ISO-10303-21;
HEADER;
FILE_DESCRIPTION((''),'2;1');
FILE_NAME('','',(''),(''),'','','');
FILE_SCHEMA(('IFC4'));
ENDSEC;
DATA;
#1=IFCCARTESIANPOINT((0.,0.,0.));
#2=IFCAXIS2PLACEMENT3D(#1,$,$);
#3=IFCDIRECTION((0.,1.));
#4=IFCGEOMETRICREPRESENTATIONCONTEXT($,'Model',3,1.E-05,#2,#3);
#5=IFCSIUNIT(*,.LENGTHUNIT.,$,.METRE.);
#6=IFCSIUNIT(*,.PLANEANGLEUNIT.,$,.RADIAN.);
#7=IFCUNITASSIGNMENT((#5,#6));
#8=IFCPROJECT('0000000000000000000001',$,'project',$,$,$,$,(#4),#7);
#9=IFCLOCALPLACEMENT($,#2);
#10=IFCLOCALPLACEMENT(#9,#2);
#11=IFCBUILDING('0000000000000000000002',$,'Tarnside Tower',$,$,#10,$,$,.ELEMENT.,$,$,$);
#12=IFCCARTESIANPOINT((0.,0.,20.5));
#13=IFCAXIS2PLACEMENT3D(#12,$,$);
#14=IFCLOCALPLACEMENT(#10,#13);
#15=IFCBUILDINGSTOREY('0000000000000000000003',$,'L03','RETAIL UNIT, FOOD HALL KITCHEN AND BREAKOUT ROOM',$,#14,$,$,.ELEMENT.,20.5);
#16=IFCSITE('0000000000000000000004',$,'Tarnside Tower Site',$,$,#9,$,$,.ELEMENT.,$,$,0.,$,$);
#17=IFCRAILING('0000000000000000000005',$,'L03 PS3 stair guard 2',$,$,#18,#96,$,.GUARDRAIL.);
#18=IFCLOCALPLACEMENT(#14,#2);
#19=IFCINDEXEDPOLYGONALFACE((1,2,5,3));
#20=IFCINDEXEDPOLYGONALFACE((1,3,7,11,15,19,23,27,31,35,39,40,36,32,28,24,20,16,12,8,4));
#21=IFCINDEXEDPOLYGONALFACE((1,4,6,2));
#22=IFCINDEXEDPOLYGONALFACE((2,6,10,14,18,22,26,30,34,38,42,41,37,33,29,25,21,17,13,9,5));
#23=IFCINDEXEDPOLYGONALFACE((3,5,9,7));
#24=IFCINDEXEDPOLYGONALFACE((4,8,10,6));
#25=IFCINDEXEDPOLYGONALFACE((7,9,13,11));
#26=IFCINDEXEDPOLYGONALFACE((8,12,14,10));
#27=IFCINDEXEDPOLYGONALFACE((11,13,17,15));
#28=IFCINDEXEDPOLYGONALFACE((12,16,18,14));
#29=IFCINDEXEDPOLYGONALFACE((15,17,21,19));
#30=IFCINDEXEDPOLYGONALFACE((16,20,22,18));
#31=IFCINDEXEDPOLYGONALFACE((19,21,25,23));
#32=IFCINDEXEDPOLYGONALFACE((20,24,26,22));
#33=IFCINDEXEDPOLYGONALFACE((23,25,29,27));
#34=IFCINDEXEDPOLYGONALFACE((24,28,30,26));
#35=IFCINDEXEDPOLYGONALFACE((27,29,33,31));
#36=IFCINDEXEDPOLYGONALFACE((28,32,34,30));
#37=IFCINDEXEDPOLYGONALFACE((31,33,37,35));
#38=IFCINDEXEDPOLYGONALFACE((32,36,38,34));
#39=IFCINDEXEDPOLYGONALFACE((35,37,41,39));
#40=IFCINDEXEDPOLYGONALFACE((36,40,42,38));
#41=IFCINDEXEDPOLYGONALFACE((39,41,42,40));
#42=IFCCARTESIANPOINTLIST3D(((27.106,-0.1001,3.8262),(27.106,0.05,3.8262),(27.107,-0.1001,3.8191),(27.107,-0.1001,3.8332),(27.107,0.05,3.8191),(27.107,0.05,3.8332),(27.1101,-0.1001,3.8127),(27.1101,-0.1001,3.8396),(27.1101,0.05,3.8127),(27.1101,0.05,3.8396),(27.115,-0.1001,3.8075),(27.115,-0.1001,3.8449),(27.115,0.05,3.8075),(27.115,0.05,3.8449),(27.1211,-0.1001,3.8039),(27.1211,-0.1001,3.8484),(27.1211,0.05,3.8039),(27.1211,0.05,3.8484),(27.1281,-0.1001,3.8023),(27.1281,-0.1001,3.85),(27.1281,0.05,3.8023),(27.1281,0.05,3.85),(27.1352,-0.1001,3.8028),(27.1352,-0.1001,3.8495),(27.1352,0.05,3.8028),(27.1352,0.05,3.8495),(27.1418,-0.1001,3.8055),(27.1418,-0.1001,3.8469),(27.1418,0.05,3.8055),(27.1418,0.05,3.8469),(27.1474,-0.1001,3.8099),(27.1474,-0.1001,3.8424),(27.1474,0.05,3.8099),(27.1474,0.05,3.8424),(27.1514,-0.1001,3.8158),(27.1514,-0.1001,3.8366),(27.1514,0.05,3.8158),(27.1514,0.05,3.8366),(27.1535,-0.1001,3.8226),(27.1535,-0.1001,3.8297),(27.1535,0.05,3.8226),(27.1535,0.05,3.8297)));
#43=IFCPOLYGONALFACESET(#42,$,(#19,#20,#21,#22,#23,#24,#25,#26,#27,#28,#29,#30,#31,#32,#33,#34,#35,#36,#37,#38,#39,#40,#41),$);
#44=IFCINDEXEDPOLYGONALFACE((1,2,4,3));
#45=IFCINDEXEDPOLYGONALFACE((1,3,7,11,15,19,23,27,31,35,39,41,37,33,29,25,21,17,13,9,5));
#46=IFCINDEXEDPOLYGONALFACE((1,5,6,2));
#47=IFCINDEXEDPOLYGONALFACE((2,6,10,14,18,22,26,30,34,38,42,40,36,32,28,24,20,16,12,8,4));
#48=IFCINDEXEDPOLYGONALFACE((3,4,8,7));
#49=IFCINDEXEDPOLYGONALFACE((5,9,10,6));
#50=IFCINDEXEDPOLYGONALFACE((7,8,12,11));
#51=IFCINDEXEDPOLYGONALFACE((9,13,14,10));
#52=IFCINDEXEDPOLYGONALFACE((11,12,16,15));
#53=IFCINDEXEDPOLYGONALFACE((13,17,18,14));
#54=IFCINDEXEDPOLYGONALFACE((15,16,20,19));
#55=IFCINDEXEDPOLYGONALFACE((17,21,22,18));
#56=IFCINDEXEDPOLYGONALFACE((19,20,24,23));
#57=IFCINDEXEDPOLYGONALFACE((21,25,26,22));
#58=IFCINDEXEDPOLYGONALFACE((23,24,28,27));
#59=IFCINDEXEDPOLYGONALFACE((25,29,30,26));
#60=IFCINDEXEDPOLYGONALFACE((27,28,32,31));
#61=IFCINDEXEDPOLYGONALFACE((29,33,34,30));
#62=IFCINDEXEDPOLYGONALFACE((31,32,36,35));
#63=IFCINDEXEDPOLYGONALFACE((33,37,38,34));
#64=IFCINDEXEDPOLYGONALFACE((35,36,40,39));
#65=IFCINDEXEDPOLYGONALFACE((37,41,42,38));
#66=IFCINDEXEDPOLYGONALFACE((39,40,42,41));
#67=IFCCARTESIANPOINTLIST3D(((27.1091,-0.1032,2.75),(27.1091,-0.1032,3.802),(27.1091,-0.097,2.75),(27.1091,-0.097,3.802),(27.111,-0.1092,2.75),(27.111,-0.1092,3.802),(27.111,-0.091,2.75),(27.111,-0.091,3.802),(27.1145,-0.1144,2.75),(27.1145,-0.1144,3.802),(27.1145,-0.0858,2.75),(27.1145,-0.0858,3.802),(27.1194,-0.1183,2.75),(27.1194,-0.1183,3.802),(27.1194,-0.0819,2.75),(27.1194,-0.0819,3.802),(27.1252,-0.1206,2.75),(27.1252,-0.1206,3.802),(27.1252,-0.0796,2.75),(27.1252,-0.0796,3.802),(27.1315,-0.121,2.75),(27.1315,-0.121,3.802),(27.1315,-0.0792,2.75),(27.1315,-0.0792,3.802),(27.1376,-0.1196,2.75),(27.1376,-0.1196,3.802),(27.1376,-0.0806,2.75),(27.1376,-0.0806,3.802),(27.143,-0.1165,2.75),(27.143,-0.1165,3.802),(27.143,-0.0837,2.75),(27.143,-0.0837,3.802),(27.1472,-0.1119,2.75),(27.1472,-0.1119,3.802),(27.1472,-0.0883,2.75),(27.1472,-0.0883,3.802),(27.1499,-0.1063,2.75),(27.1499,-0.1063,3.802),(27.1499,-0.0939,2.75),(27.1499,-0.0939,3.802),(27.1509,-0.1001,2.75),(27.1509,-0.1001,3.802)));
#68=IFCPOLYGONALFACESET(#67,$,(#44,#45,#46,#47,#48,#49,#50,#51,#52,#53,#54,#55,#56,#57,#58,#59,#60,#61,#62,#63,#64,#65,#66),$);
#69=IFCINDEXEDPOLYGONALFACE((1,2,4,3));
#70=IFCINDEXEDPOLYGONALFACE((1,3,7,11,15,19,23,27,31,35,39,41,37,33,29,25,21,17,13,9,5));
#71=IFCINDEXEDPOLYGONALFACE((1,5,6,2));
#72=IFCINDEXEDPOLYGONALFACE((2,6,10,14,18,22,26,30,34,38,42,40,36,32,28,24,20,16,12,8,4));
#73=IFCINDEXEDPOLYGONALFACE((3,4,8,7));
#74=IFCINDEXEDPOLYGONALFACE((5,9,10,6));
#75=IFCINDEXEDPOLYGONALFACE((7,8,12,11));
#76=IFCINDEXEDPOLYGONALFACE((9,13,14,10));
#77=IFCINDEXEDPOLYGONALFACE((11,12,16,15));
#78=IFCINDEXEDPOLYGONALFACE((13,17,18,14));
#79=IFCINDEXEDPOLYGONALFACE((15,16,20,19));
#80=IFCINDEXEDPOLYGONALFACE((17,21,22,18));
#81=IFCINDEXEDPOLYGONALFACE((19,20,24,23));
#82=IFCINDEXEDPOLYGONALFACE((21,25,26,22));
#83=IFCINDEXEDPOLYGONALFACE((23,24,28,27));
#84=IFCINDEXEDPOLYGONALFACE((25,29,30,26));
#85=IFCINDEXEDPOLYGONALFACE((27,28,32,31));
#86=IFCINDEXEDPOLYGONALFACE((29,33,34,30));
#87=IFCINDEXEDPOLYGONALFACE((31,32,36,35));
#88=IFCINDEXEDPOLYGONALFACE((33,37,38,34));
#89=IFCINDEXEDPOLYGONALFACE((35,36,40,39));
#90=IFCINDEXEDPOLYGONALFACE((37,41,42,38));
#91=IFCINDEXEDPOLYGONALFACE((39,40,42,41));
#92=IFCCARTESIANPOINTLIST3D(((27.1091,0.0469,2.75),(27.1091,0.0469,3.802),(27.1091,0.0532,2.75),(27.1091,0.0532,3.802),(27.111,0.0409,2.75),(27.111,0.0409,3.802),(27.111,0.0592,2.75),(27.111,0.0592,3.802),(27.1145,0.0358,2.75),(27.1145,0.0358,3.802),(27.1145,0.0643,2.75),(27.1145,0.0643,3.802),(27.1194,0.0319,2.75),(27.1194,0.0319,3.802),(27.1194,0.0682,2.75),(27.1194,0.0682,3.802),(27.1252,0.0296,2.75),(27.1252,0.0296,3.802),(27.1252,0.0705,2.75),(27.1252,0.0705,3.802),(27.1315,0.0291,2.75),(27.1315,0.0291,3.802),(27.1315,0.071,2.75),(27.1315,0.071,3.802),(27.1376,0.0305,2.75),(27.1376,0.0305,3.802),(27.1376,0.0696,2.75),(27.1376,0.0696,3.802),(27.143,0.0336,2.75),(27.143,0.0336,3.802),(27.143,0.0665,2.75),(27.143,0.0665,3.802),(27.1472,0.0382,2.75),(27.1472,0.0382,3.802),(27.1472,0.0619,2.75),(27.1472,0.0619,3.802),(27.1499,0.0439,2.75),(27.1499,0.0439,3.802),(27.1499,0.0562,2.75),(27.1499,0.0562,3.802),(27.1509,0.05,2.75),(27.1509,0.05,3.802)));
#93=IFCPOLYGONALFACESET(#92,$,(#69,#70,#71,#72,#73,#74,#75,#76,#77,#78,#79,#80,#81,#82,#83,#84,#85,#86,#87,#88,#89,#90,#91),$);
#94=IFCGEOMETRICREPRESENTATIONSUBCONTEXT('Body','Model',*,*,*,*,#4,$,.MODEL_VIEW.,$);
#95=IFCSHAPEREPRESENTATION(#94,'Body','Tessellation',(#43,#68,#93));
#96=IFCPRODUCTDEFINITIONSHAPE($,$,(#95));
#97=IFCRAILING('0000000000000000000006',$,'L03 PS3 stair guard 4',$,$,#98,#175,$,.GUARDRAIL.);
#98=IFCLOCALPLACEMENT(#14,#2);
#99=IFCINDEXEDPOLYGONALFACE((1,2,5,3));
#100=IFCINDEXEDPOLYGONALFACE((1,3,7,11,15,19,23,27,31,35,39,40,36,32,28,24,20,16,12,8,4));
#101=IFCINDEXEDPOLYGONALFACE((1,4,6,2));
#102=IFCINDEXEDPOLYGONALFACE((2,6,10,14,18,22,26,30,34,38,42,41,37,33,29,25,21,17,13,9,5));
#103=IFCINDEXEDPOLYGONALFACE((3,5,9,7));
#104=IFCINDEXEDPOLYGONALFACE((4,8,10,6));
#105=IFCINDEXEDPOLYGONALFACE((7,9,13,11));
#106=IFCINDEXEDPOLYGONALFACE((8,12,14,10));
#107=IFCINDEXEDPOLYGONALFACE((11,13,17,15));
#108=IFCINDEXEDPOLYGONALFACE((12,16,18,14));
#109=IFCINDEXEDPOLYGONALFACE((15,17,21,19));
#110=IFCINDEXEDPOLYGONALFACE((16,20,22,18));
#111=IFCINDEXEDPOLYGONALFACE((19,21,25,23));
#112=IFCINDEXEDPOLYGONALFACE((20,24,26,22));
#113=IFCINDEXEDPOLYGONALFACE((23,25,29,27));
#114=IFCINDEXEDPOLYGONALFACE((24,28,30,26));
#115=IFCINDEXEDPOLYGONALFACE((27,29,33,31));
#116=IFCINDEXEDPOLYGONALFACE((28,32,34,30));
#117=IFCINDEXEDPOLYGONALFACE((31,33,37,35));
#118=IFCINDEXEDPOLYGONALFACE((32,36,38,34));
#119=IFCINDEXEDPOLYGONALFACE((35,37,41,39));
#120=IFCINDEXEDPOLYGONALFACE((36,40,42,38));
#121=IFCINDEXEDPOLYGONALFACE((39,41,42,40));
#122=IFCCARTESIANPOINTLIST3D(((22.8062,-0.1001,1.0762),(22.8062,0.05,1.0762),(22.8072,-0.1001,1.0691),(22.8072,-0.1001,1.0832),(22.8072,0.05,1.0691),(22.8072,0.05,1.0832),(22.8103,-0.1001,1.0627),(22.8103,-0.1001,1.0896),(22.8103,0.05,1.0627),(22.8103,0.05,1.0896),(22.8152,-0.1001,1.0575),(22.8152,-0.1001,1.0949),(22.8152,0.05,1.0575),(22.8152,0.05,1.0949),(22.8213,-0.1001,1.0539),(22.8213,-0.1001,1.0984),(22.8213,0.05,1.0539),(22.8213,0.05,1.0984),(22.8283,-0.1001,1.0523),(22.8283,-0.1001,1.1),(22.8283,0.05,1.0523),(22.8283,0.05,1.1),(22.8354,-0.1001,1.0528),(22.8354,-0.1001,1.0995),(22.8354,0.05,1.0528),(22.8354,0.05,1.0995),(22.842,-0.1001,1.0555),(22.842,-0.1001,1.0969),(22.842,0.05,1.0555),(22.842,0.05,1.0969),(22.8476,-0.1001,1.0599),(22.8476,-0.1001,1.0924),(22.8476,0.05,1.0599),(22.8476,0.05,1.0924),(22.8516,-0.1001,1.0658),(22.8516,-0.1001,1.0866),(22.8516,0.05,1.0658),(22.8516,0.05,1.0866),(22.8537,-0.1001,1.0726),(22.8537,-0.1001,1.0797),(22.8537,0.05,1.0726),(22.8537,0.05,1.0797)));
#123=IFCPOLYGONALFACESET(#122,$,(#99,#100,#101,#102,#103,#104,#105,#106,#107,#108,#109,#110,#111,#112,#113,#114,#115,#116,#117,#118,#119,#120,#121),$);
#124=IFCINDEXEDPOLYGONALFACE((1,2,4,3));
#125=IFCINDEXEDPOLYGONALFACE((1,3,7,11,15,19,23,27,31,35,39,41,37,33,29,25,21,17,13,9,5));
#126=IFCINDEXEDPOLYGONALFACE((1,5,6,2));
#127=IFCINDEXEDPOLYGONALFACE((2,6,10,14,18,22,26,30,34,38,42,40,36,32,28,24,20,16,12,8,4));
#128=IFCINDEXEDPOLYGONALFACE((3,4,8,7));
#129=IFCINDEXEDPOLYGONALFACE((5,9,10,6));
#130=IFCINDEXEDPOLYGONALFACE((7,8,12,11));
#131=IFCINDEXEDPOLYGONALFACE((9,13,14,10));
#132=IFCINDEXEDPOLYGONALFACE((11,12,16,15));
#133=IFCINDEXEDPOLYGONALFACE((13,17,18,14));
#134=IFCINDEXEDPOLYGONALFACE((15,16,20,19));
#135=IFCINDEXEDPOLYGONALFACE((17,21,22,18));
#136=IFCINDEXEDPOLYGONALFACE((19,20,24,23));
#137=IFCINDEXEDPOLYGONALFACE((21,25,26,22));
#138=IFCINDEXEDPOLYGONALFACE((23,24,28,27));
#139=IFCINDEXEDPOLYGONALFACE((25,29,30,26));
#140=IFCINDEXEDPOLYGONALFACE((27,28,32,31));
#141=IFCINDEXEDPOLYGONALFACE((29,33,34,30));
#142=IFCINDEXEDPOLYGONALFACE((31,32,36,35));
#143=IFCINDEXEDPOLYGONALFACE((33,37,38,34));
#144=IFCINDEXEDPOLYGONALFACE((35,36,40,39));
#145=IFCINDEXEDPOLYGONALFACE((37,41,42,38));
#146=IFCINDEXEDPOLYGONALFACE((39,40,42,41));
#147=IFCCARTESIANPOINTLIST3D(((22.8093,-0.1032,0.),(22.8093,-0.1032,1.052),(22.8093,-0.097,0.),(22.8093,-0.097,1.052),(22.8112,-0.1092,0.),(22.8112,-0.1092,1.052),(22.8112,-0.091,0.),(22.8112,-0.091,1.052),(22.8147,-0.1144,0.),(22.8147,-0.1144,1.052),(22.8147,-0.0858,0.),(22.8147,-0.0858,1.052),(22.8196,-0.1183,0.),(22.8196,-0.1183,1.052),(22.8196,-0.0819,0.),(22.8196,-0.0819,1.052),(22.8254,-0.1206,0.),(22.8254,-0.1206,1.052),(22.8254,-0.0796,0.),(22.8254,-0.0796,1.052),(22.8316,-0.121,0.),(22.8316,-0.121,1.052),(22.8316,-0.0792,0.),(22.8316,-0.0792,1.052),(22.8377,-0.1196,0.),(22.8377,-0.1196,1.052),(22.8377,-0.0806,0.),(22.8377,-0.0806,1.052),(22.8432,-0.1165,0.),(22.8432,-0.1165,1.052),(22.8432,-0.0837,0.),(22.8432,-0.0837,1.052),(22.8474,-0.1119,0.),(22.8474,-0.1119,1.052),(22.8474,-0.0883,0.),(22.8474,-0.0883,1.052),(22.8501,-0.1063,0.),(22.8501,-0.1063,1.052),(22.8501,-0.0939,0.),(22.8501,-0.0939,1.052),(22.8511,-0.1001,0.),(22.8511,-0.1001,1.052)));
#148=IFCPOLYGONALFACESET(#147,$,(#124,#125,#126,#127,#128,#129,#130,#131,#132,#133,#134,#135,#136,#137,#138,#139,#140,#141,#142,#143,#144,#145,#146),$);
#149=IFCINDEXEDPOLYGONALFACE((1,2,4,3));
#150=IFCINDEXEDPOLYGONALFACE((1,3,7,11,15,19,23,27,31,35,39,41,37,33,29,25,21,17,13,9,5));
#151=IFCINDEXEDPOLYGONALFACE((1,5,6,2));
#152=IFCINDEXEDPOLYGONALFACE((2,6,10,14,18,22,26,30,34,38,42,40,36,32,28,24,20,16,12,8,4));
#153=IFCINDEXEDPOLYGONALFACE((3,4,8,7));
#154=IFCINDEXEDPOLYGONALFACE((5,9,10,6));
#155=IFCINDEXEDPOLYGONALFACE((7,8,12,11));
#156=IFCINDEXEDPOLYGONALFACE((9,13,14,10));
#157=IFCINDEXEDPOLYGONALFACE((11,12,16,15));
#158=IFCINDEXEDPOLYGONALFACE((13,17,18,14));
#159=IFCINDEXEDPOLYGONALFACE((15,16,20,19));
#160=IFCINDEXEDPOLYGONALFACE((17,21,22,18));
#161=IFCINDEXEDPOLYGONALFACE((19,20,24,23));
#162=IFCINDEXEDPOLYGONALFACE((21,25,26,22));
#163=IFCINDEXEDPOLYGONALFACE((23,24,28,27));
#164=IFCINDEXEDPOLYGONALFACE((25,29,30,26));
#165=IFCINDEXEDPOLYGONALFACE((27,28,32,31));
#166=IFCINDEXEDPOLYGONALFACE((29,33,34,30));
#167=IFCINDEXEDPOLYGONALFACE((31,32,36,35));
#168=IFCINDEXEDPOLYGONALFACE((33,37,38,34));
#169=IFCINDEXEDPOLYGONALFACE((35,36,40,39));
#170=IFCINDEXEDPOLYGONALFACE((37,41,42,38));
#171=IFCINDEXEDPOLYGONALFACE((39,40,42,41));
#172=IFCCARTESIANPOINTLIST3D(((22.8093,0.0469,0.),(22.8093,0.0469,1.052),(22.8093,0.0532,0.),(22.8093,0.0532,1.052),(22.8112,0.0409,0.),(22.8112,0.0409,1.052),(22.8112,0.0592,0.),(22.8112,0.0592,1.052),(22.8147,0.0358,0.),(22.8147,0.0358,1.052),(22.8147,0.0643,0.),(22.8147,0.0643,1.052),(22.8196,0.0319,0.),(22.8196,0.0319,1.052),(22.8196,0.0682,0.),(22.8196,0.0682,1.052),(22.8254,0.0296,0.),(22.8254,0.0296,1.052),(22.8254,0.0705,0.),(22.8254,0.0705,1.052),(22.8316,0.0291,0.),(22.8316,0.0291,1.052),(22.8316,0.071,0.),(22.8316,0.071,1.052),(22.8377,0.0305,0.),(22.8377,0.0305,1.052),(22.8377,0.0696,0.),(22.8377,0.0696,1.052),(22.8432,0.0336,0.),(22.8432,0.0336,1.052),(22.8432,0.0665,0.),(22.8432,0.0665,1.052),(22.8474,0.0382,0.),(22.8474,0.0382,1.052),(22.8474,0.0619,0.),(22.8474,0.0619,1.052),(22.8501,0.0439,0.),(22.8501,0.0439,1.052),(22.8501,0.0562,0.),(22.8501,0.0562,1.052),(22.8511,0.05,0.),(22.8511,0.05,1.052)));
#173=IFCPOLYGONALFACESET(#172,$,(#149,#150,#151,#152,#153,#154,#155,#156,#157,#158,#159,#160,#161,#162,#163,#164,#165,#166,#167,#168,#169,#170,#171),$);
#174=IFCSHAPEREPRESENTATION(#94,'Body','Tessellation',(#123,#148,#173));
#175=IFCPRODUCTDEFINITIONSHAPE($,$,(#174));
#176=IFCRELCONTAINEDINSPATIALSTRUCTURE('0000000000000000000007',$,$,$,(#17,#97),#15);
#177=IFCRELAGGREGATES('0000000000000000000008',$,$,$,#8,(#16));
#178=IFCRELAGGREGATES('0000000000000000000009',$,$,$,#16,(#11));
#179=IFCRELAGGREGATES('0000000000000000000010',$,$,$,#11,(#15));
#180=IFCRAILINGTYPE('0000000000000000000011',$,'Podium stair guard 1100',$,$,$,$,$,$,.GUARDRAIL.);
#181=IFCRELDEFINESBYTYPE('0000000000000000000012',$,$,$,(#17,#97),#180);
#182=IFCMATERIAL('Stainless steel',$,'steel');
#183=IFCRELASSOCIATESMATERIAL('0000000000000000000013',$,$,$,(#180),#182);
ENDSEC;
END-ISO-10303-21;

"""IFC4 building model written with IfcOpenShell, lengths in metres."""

from ifc_helpers import new_model, si_unit, direction, frame, origin, origin_2d, place, context, subcontext, project, spatial, circle, extrude, material, type_object, element, save


model = new_model("IFC4")

# Units and contexts
model_context = context("Model", 3, precision=1e-05, world=origin(), true_north=direction((0.0, 1.0)))
body_context = subcontext(model_context, "Body", "Model", "MODEL_VIEW")
ifc_project = project(units=[si_unit("LENGTHUNIT", "METRE"), si_unit("PLANEANGLEUNIT", "RADIAN")], contexts=[model_context])

# Site, building, storey
site_placement = place(None, origin())
site = spatial("IfcSite", under=ifc_project, at=site_placement, Name="Tarnside Tower Site", CompositionType="ELEMENT", RefElevation=0.0)
building_placement = place(site_placement, origin())
building = spatial("IfcBuilding", under=site, at=building_placement, Name="Tarnside Tower", CompositionType="ELEMENT")
storey_placement = place(building_placement, frame((0.0, 0.0, 20.5)))
storey = spatial("IfcBuildingStorey", under=building, at=storey_placement, Name="L03", Description="RETAIL UNIT, FOOD HALL KITCHEN AND BREAKOUT ROOM", CompositionType="ELEMENT", Elevation=20.5)

# Railings
ifc_material_1 = material(Name="Stainless steel", Category="steel")
railing_type_1 = type_object("IfcRailingType", Name="Podium stair guard 1100", PredefinedType="GUARDRAIL", material=ifc_material_1)
for number, where, name in (
    (1, (27.1299, -0.1001, 2.75), "L03 PS3 stair guard 2"),
    (2, (22.8301, -0.1001, 0.0), "L03 PS3 stair guard 4"),
):
    element("IfcRailing", number, at=place(storey_placement, frame(where)), inside=storey, type_object=railing_type_1, Name=name, PredefinedType="GUARDRAIL", context=body_context, shape_type="SweptSolid", body=[
        extrude(circle(Radius=0.0239, at=origin_2d()), frame((0.0, 0.0, 1.0762), z_axis=(0.0, 1.0, 0.0), x_axis=(-1.0, 0.0, 0.0)), (0.0, 0.0, 1.0), 0.1501),
        extrude(circle(Radius=0.021, at=origin_2d()), origin(), (0.0, 0.0, 1.0), 1.052),
        extrude(circle(Radius=0.021, at=origin_2d()), frame((0.0, 0.1501, 0.0)), (0.0, 0.0, 1.0), 1.052),
    ])

save(model, "model.ifc")
